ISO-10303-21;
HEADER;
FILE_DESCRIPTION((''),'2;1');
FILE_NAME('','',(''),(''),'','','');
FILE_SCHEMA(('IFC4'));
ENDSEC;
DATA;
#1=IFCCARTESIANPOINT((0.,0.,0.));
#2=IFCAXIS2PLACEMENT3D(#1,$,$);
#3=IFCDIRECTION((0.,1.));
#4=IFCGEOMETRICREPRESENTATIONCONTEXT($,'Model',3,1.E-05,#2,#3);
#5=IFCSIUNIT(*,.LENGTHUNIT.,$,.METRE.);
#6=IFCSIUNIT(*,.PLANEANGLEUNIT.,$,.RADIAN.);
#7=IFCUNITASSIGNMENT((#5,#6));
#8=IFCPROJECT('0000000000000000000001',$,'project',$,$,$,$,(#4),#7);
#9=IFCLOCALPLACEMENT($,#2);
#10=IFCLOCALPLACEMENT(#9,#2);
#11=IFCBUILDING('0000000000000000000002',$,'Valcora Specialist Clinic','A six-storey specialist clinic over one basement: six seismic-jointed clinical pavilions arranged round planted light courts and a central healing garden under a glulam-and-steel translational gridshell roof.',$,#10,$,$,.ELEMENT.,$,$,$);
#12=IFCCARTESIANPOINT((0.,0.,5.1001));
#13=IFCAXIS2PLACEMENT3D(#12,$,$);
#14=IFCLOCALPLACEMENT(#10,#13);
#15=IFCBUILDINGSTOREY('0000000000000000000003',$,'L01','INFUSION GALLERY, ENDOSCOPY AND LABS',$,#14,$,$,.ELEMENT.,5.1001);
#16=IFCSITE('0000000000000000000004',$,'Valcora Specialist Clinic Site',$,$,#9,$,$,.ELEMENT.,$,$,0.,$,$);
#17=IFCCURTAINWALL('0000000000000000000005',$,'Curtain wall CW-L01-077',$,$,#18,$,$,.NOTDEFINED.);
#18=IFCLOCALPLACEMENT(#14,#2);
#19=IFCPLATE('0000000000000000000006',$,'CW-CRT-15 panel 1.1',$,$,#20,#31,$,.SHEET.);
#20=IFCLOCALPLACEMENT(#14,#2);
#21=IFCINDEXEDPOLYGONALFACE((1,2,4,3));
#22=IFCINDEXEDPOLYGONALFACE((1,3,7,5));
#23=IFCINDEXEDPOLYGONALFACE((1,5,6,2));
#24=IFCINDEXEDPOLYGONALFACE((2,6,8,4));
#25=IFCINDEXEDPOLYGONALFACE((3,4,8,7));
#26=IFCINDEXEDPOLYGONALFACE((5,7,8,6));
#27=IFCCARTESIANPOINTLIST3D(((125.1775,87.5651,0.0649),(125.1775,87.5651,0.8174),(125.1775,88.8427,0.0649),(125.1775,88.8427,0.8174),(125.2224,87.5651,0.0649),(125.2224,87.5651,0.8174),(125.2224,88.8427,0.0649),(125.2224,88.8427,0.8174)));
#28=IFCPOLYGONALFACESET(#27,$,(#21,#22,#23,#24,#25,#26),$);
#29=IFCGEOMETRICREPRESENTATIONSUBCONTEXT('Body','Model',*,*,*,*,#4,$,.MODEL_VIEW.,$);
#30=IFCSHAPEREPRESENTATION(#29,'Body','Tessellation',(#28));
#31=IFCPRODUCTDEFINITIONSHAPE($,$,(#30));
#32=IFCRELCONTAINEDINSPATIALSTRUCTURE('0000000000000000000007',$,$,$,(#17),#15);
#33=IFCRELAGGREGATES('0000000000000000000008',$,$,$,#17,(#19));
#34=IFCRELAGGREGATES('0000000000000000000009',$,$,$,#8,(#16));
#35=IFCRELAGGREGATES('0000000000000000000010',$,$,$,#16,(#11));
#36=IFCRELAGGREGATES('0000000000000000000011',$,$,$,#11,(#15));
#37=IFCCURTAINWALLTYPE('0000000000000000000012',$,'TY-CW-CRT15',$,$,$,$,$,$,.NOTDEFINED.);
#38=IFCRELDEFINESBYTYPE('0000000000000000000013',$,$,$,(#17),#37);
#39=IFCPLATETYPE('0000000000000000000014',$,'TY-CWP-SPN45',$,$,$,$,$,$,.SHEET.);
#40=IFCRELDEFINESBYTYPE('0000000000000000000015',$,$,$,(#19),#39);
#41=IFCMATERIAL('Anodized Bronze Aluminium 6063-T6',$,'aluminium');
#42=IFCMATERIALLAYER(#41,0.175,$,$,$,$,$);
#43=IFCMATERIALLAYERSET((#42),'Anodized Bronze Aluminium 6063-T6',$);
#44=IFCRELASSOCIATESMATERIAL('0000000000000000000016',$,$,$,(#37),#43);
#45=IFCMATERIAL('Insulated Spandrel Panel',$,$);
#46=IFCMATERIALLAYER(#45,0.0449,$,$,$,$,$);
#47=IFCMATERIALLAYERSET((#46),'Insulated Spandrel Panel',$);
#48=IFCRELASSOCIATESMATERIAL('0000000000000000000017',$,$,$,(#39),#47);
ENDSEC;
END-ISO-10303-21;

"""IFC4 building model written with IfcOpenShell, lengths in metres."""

from ifc_helpers import new_model, si_unit, direction, frame, origin, origin_2d, place, context, subcontext, project, spatial, rectangle, extrude, material, layer, layer_set, type_object, element, aggregate, save


model = new_model("IFC4")

# Units and contexts
model_context = context("Model", 3, precision=1e-05, world=origin(), true_north=direction((0.0, 1.0)))
body_context = subcontext(model_context, "Body", "Model", "MODEL_VIEW")
ifc_project = project(units=[si_unit("LENGTHUNIT", "METRE"), si_unit("PLANEANGLEUNIT", "RADIAN")], contexts=[model_context])

# Site, building, storey
site_placement = place(None, origin())
site = spatial("IfcSite", under=ifc_project, at=site_placement, Name="Valcora Specialist Clinic Site", CompositionType="ELEMENT", RefElevation=0.0)
building_placement = place(site_placement, origin())
building = spatial("IfcBuilding", under=site, at=building_placement, Name="Valcora Specialist Clinic", Description="A six-storey specialist clinic over one basement: six seismic-jointed clinical pavilions arranged round planted light courts and a central healing garden under a glulam-and-steel translational gridshell roof.", CompositionType="ELEMENT")
storey_placement = place(building_placement, frame((0.0, 0.0, 5.1001)))
storey = spatial("IfcBuildingStorey", under=building, at=storey_placement, Name="L01", Description="INFUSION GALLERY, ENDOSCOPY AND LABS", CompositionType="ELEMENT", Elevation=5.1001)

# Curtain wall
ifc_material_1 = material(Name="Anodized Bronze Aluminium 6063-T6", Category="aluminium")
ifc_layer_1 = layer(ifc_material_1, 0.175)
ifc_layer_set_1 = layer_set([ifc_layer_1], Name="Anodized Bronze Aluminium 6063-T6")
curtain_wall_type = type_object("IfcCurtainWallType", Name="TY-CW-CRT15", PredefinedType="NOTDEFINED", material=ifc_layer_set_1)
curtain_wall_1_placement = place(storey_placement, origin())
curtain_wall_1 = element("IfcCurtainWall", 1, at=curtain_wall_1_placement, inside=storey, type_object=curtain_wall_type, Name="Curtain wall CW-L01-077", PredefinedType="NOTDEFINED")

# Plate
ifc_material_2 = material(Name="Insulated Spandrel Panel")
ifc_layer_2 = layer(ifc_material_2, 0.0449)
ifc_layer_set_2 = layer_set([ifc_layer_2], Name="Insulated Spandrel Panel")
plate_type_1 = type_object("IfcPlateType", Name="TY-CWP-SPN45", PredefinedType="SHEET", material=ifc_layer_set_2)
plate_1_placement = place(storey_placement, frame((125.2, 88.2039, 0.0649), z_axis=(0.0, 0.0, 1.0), x_axis=(0.0, 1.0, 0.0)))
plate_1 = element("IfcPlate", 2, at=plate_1_placement, type_object=plate_type_1, Name="CW-CRT-15 panel 1.1", PredefinedType="SHEET", context=body_context, shape_type="SweptSolid", body=[
    extrude(rectangle(XDim=1.2776, YDim=0.0449, at=origin_2d()), origin(), (0.0, 0.0, 1.0), 0.7524),
])
aggregate(curtain_wall_1, [plate_1])

save(model, "model.ifc")
